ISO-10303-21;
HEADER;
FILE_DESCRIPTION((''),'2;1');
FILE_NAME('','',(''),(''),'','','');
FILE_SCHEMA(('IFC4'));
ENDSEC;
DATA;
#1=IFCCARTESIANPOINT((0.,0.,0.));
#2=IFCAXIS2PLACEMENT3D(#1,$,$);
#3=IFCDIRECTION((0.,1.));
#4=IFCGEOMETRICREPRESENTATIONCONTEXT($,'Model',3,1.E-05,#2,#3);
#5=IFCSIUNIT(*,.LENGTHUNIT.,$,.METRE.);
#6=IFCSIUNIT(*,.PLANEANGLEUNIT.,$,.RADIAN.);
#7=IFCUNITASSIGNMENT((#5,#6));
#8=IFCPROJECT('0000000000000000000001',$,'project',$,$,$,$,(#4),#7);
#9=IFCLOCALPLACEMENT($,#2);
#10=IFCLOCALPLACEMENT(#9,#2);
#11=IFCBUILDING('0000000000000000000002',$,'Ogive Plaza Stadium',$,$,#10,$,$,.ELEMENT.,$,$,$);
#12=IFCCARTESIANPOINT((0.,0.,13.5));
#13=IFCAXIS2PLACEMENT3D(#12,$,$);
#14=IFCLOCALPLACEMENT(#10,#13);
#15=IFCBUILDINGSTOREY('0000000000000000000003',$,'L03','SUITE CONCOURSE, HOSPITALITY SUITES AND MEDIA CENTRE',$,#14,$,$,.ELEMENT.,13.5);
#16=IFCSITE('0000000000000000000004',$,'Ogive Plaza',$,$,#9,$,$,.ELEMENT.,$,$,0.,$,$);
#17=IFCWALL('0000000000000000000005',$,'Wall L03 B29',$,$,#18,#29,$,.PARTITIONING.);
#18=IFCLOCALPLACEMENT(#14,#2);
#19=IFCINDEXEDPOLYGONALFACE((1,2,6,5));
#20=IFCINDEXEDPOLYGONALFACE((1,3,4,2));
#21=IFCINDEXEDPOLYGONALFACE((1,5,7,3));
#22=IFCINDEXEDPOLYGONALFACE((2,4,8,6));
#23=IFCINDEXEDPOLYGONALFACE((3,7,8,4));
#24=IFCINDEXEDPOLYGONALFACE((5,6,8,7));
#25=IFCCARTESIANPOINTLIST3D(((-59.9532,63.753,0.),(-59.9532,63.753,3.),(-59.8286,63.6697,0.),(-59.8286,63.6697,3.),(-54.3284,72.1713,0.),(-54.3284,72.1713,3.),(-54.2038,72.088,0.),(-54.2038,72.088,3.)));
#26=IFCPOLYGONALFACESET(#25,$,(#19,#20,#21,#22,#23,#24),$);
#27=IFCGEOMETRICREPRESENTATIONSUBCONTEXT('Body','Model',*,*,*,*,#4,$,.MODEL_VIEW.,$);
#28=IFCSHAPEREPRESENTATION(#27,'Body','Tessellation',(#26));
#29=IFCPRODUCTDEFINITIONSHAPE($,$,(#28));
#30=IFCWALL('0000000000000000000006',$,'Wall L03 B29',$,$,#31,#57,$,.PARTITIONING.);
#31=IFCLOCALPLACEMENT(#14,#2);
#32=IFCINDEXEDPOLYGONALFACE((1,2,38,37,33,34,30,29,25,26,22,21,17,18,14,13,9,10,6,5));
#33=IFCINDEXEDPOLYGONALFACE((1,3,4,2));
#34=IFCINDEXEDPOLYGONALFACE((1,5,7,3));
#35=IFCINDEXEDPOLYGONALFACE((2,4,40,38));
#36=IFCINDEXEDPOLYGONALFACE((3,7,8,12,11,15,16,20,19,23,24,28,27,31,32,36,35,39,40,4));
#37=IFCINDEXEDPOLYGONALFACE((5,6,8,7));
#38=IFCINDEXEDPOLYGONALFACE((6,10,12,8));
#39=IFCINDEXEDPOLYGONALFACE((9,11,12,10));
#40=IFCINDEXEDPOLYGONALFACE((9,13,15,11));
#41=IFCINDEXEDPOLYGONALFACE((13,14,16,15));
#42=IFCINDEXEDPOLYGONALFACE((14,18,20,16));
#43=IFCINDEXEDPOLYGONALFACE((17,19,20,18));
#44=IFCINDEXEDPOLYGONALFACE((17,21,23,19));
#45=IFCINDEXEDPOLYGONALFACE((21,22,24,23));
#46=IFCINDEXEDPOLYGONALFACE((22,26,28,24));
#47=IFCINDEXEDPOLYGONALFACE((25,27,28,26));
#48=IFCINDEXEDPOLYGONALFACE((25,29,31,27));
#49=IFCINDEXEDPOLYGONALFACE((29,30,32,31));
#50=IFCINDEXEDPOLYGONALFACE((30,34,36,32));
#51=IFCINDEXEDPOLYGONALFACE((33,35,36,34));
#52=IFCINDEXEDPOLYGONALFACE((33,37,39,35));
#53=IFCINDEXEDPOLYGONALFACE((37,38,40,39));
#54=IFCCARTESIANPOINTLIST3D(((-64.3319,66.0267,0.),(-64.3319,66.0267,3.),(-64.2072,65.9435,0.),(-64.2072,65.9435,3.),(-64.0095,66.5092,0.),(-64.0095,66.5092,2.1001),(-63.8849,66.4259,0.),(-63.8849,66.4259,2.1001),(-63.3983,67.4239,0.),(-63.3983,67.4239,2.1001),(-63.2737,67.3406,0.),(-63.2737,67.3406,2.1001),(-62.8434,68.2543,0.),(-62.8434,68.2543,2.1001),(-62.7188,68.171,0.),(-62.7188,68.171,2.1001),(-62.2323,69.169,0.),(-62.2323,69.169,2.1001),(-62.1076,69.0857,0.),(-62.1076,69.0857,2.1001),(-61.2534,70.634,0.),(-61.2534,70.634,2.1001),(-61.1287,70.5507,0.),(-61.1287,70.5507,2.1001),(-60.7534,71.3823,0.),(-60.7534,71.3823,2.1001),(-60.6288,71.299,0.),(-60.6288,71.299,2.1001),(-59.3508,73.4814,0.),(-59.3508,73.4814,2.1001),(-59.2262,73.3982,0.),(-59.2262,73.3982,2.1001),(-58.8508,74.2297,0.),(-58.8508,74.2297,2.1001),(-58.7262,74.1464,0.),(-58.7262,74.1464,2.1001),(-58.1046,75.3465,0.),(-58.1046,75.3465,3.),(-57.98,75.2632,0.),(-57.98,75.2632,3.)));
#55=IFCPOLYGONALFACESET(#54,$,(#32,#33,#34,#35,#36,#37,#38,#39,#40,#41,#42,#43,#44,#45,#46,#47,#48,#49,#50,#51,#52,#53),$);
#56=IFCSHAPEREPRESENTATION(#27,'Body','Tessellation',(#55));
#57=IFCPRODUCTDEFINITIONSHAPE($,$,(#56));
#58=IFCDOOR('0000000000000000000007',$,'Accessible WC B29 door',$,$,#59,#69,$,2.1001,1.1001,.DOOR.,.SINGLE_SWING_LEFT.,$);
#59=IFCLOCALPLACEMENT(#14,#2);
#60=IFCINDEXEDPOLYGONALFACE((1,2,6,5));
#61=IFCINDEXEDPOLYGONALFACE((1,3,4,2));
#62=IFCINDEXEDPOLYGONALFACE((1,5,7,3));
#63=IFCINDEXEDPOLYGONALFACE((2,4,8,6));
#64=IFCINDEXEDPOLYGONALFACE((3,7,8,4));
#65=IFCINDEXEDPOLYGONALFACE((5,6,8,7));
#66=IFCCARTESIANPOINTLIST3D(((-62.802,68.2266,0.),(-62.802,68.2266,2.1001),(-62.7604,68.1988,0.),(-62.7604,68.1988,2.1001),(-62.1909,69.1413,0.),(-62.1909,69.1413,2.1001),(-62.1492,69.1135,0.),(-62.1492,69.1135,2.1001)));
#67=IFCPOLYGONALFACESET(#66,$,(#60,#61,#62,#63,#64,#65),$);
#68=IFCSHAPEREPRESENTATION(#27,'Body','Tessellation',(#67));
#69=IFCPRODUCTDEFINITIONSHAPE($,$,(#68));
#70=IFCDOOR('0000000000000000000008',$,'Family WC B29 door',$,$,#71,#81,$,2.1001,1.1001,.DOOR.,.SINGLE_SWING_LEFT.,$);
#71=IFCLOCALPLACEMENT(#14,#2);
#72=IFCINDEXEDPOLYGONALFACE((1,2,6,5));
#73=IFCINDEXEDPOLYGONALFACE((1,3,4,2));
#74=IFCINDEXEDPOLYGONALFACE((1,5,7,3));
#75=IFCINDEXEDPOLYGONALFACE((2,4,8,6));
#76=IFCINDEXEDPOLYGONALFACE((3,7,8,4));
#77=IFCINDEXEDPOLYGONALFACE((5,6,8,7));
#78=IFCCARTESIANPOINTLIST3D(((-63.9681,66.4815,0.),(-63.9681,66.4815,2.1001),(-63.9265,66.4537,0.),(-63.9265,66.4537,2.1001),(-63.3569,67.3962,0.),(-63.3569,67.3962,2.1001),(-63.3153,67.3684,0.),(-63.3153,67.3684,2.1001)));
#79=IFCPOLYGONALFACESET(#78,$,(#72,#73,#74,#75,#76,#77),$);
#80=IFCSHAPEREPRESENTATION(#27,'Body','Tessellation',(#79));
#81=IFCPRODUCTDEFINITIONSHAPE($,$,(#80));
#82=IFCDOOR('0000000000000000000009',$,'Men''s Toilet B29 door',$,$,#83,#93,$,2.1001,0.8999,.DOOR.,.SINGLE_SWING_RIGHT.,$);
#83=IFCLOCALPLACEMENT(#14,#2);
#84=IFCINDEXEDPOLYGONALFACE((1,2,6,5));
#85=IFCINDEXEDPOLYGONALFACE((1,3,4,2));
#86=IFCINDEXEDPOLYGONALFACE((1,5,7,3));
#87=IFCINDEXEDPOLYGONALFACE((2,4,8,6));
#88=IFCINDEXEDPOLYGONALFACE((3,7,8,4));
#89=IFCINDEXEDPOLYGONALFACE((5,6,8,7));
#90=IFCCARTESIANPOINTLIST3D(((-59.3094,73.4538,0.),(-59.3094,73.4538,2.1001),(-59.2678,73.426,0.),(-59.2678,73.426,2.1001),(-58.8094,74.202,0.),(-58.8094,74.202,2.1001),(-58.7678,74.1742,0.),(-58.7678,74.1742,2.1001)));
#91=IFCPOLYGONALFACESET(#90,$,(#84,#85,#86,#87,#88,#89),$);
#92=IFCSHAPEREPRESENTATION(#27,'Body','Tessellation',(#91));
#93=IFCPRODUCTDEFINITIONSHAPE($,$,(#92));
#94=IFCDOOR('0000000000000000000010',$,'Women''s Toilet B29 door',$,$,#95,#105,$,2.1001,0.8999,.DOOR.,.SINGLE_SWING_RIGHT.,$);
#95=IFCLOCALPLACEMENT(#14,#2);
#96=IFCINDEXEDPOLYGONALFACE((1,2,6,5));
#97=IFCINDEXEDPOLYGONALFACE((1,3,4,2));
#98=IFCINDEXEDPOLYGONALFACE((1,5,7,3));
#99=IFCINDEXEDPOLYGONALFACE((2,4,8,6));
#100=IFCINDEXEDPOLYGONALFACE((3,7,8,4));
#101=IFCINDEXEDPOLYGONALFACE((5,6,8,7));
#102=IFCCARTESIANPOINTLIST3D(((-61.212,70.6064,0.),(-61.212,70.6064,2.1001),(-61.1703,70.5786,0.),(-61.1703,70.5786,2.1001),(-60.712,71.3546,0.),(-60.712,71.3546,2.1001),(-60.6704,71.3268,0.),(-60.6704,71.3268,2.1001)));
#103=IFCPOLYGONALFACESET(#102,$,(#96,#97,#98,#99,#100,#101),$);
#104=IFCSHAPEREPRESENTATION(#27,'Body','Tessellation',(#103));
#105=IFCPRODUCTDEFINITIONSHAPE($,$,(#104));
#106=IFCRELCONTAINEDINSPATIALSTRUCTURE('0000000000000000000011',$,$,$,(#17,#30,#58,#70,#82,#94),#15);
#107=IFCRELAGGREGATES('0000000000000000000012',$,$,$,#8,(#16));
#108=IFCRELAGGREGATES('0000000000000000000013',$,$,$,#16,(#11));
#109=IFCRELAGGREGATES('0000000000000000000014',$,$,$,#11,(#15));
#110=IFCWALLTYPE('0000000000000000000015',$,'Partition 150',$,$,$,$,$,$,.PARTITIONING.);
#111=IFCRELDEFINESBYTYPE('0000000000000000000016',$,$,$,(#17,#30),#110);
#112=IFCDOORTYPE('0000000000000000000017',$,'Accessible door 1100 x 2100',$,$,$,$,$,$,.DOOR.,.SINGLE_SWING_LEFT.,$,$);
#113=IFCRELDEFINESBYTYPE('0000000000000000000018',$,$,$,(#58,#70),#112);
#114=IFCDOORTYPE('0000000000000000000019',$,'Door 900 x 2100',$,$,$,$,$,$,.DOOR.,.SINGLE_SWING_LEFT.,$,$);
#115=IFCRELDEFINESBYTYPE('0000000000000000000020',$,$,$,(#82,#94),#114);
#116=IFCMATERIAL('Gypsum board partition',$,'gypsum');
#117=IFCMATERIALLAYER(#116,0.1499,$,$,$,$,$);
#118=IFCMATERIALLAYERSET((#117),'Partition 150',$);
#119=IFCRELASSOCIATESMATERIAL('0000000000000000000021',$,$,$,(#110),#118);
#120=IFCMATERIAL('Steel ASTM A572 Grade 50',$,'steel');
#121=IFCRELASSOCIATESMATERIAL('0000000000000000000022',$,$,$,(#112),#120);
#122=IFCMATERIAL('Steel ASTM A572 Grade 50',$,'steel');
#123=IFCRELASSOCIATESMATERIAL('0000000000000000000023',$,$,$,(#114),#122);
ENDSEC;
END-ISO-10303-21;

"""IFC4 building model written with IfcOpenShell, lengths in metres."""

from ifc_helpers import new_model, si_unit, direction, frame, frame_2d, origin, place, context, subcontext, project, spatial, rectangle, extrude, material, layer, layer_set, type_object, element, fill, save


model = new_model("IFC4")

# Units and contexts
model_context = context("Model", 3, precision=1e-05, world=origin(), true_north=direction((0.0, 1.0)))
body_context = subcontext(model_context, "Body", "Model", "MODEL_VIEW")
ifc_project = project(units=[si_unit("LENGTHUNIT", "METRE"), si_unit("PLANEANGLEUNIT", "RADIAN")], contexts=[model_context])

# Site, building, storey
site_placement = place(None, origin())
site = spatial("IfcSite", under=ifc_project, at=site_placement, Name="Ogive Plaza", CompositionType="ELEMENT", RefElevation=0.0)
building_placement = place(site_placement, origin())
building = spatial("IfcBuilding", under=site, at=building_placement, Name="Ogive Plaza Stadium", CompositionType="ELEMENT")
storey_placement = place(building_placement, frame((0.0, 0.0, 13.5)))
storey = spatial("IfcBuildingStorey", under=building, at=storey_placement, Name="L03", Description="SUITE CONCOURSE, HOSPITALITY SUITES AND MEDIA CENTRE", CompositionType="ELEMENT", Elevation=13.5)

# Wall
ifc_material_1 = material(Name="Gypsum board partition", Category="gypsum")
ifc_layer_1 = layer(ifc_material_1, 0.1499)
ifc_layer_set_1 = layer_set([ifc_layer_1], Name="Partition 150")
wall_type_1 = type_object("IfcWallType", Name="Partition 150", PredefinedType="PARTITIONING", material=ifc_layer_set_1)
wall_1_placement = place(storey_placement, frame((-54.2661, 72.1296, 0.0), z_axis=(0.0, 0.0, 1.0), x_axis=(-0.555562, -0.831475, 0.0)))
element("IfcWall", 1, at=wall_1_placement, inside=storey, type_object=wall_type_1, Name="Wall L03 B29", PredefinedType="PARTITIONING", context=body_context, shape_type="SweptSolid", body=[
    extrude(rectangle(XDim=10.1245, YDim=0.1499, at=frame_2d((5.0623, 0.0))), origin(), (0.0, 0.0, 1.0), 3.0),
])

# Wall, openings, doors
wall_2_placement = place(storey_placement, frame((-58.0422, 75.3049, 0.0), z_axis=(0.0, 0.0, 1.0), x_axis=(-0.555569, -0.83147, 0.0)))
wall_2 = element("IfcWall", 2, at=wall_2_placement, inside=storey, type_object=wall_type_1, Name="Wall L03 B29", PredefinedType="PARTITIONING", context=body_context, shape_type="SweptSolid", body=[
    extrude(rectangle(XDim=11.2087, YDim=0.1499, at=frame_2d((5.6045, 0.0))), origin(), (0.0, 0.0, 1.0), 3.0),
])
opening_1_placement = place(wall_2_placement, frame((1.3433, 0.0, 0.0)))
opening_1 = element("IfcOpeningElement", 3, at=opening_1_placement, cuts=wall_2, PredefinedType="OPENING", context=body_context, shape_type="SweptSolid", body=[
    extrude(rectangle(XDim=0.8999, YDim=2.1001, at=frame_2d((0.45, 1.05))), frame((0.0, 0.075, 0.0), z_axis=(0.0, -1.0, 0.0), x_axis=(1.0, 0.0, 0.0)), (0.0, 0.0, 1.0), 0.1499),
])
opening_2_placement = place(wall_2_placement, frame((4.7678, 0.0, 0.0)))
opening_2 = element("IfcOpeningElement", 4, at=opening_2_placement, cuts=wall_2, PredefinedType="OPENING", context=body_context, shape_type="SweptSolid", body=[
    extrude(rectangle(XDim=0.8999, YDim=2.1001, at=frame_2d((0.45, 1.05))), frame((0.0, 0.075, 0.0), z_axis=(0.0, -1.0, 0.0), x_axis=(1.0, 0.0, 0.0)), (0.0, 0.0, 1.0), 0.1499),
])
opening_3_placement = place(wall_2_placement, frame((7.4297, 0.0, 0.0)))
opening_3 = element("IfcOpeningElement", 5, at=opening_3_placement, cuts=wall_2, PredefinedType="OPENING", context=body_context, shape_type="SweptSolid", body=[
    extrude(rectangle(XDim=1.1001, YDim=2.1001, at=frame_2d((0.55, 1.05))), frame((0.0, 0.075, 0.0), z_axis=(0.0, -1.0, 0.0), x_axis=(1.0, 0.0, 0.0)), (0.0, 0.0, 1.0), 0.1499),
])
opening_4_placement = place(wall_2_placement, frame((9.5286, 0.0, 0.0)))
opening_4 = element("IfcOpeningElement", 6, at=opening_4_placement, cuts=wall_2, PredefinedType="OPENING", context=body_context, shape_type="SweptSolid", body=[
    extrude(rectangle(XDim=1.1001, YDim=2.1001, at=frame_2d((0.55, 1.05))), frame((0.0, 0.075, 0.0), z_axis=(0.0, -1.0, 0.0), x_axis=(1.0, 0.0, 0.0)), (0.0, 0.0, 1.0), 0.1499),
])
ifc_material_2 = material(Name="Steel ASTM A572 Grade 50", Category="steel")
door_type_1 = type_object("IfcDoorType", Name="Accessible door 1100 x 2100", OperationType="SINGLE_SWING_LEFT", PredefinedType="DOOR", material=ifc_material_2)
door_1_placement = place(opening_3_placement, origin())
door_1 = element("IfcDoor", 7, at=door_1_placement, inside=storey, type_object=door_type_1, Name="Accessible WC B29 door", OperationType="SINGLE_SWING_LEFT", OverallHeight=2.1001, OverallWidth=1.1001, PredefinedType="DOOR", context=body_context, shape_type="SweptSolid", body=[
    extrude(rectangle(XDim=1.1001, YDim=2.1001, at=frame_2d((0.55, 1.05))), frame((0.0, 0.0249, 0.0), z_axis=(0.0, -1.0, 0.0), x_axis=(1.0, 0.0, 0.0)), (0.0, 0.0, 1.0), 0.05),
])
fill(opening_3, door_1)
door_2_placement = place(opening_4_placement, origin())
door_2 = element("IfcDoor", 8, at=door_2_placement, inside=storey, type_object=door_type_1, Name="Family WC B29 door", OperationType="SINGLE_SWING_LEFT", OverallHeight=2.1001, OverallWidth=1.1001, PredefinedType="DOOR", context=body_context, shape_type="SweptSolid", body=[
    extrude(rectangle(XDim=1.1001, YDim=2.1001, at=frame_2d((0.55, 1.05))), frame((0.0, 0.0249, 0.0), z_axis=(0.0, -1.0, 0.0), x_axis=(1.0, 0.0, 0.0)), (0.0, 0.0, 1.0), 0.05),
])
fill(opening_4, door_2)
ifc_material_3 = material(Name="Steel ASTM A572 Grade 50", Category="steel")
door_type_2 = type_object("IfcDoorType", Name="Door 900 x 2100", OperationType="SINGLE_SWING_LEFT", PredefinedType="DOOR", material=ifc_material_3)
door_3_placement = place(opening_1_placement, origin())
door_3 = element("IfcDoor", 9, at=door_3_placement, inside=storey, type_object=door_type_2, Name="Men's Toilet B29 door", OperationType="SINGLE_SWING_RIGHT", OverallHeight=2.1001, OverallWidth=0.8999, PredefinedType="DOOR", context=body_context, shape_type="SweptSolid", body=[
    extrude(rectangle(XDim=0.8999, YDim=2.1001, at=frame_2d((0.45, 1.05))), frame((0.0, 0.0249, 0.0), z_axis=(0.0, -1.0, 0.0), x_axis=(1.0, 0.0, 0.0)), (0.0, 0.0, 1.0), 0.05),
])
fill(opening_1, door_3)
door_4_placement = place(opening_2_placement, origin())
door_4 = element("IfcDoor", 10, at=door_4_placement, inside=storey, type_object=door_type_2, Name="Women's Toilet B29 door", OperationType="SINGLE_SWING_RIGHT", OverallHeight=2.1001, OverallWidth=0.8999, PredefinedType="DOOR", context=body_context, shape_type="SweptSolid", body=[
    extrude(rectangle(XDim=0.8999, YDim=2.1001, at=frame_2d((0.45, 1.05))), frame((0.0, 0.0249, 0.0), z_axis=(0.0, -1.0, 0.0), x_axis=(1.0, 0.0, 0.0)), (0.0, 0.0, 1.0), 0.05),
])
fill(opening_2, door_4)

save(model, "model.ifc")
